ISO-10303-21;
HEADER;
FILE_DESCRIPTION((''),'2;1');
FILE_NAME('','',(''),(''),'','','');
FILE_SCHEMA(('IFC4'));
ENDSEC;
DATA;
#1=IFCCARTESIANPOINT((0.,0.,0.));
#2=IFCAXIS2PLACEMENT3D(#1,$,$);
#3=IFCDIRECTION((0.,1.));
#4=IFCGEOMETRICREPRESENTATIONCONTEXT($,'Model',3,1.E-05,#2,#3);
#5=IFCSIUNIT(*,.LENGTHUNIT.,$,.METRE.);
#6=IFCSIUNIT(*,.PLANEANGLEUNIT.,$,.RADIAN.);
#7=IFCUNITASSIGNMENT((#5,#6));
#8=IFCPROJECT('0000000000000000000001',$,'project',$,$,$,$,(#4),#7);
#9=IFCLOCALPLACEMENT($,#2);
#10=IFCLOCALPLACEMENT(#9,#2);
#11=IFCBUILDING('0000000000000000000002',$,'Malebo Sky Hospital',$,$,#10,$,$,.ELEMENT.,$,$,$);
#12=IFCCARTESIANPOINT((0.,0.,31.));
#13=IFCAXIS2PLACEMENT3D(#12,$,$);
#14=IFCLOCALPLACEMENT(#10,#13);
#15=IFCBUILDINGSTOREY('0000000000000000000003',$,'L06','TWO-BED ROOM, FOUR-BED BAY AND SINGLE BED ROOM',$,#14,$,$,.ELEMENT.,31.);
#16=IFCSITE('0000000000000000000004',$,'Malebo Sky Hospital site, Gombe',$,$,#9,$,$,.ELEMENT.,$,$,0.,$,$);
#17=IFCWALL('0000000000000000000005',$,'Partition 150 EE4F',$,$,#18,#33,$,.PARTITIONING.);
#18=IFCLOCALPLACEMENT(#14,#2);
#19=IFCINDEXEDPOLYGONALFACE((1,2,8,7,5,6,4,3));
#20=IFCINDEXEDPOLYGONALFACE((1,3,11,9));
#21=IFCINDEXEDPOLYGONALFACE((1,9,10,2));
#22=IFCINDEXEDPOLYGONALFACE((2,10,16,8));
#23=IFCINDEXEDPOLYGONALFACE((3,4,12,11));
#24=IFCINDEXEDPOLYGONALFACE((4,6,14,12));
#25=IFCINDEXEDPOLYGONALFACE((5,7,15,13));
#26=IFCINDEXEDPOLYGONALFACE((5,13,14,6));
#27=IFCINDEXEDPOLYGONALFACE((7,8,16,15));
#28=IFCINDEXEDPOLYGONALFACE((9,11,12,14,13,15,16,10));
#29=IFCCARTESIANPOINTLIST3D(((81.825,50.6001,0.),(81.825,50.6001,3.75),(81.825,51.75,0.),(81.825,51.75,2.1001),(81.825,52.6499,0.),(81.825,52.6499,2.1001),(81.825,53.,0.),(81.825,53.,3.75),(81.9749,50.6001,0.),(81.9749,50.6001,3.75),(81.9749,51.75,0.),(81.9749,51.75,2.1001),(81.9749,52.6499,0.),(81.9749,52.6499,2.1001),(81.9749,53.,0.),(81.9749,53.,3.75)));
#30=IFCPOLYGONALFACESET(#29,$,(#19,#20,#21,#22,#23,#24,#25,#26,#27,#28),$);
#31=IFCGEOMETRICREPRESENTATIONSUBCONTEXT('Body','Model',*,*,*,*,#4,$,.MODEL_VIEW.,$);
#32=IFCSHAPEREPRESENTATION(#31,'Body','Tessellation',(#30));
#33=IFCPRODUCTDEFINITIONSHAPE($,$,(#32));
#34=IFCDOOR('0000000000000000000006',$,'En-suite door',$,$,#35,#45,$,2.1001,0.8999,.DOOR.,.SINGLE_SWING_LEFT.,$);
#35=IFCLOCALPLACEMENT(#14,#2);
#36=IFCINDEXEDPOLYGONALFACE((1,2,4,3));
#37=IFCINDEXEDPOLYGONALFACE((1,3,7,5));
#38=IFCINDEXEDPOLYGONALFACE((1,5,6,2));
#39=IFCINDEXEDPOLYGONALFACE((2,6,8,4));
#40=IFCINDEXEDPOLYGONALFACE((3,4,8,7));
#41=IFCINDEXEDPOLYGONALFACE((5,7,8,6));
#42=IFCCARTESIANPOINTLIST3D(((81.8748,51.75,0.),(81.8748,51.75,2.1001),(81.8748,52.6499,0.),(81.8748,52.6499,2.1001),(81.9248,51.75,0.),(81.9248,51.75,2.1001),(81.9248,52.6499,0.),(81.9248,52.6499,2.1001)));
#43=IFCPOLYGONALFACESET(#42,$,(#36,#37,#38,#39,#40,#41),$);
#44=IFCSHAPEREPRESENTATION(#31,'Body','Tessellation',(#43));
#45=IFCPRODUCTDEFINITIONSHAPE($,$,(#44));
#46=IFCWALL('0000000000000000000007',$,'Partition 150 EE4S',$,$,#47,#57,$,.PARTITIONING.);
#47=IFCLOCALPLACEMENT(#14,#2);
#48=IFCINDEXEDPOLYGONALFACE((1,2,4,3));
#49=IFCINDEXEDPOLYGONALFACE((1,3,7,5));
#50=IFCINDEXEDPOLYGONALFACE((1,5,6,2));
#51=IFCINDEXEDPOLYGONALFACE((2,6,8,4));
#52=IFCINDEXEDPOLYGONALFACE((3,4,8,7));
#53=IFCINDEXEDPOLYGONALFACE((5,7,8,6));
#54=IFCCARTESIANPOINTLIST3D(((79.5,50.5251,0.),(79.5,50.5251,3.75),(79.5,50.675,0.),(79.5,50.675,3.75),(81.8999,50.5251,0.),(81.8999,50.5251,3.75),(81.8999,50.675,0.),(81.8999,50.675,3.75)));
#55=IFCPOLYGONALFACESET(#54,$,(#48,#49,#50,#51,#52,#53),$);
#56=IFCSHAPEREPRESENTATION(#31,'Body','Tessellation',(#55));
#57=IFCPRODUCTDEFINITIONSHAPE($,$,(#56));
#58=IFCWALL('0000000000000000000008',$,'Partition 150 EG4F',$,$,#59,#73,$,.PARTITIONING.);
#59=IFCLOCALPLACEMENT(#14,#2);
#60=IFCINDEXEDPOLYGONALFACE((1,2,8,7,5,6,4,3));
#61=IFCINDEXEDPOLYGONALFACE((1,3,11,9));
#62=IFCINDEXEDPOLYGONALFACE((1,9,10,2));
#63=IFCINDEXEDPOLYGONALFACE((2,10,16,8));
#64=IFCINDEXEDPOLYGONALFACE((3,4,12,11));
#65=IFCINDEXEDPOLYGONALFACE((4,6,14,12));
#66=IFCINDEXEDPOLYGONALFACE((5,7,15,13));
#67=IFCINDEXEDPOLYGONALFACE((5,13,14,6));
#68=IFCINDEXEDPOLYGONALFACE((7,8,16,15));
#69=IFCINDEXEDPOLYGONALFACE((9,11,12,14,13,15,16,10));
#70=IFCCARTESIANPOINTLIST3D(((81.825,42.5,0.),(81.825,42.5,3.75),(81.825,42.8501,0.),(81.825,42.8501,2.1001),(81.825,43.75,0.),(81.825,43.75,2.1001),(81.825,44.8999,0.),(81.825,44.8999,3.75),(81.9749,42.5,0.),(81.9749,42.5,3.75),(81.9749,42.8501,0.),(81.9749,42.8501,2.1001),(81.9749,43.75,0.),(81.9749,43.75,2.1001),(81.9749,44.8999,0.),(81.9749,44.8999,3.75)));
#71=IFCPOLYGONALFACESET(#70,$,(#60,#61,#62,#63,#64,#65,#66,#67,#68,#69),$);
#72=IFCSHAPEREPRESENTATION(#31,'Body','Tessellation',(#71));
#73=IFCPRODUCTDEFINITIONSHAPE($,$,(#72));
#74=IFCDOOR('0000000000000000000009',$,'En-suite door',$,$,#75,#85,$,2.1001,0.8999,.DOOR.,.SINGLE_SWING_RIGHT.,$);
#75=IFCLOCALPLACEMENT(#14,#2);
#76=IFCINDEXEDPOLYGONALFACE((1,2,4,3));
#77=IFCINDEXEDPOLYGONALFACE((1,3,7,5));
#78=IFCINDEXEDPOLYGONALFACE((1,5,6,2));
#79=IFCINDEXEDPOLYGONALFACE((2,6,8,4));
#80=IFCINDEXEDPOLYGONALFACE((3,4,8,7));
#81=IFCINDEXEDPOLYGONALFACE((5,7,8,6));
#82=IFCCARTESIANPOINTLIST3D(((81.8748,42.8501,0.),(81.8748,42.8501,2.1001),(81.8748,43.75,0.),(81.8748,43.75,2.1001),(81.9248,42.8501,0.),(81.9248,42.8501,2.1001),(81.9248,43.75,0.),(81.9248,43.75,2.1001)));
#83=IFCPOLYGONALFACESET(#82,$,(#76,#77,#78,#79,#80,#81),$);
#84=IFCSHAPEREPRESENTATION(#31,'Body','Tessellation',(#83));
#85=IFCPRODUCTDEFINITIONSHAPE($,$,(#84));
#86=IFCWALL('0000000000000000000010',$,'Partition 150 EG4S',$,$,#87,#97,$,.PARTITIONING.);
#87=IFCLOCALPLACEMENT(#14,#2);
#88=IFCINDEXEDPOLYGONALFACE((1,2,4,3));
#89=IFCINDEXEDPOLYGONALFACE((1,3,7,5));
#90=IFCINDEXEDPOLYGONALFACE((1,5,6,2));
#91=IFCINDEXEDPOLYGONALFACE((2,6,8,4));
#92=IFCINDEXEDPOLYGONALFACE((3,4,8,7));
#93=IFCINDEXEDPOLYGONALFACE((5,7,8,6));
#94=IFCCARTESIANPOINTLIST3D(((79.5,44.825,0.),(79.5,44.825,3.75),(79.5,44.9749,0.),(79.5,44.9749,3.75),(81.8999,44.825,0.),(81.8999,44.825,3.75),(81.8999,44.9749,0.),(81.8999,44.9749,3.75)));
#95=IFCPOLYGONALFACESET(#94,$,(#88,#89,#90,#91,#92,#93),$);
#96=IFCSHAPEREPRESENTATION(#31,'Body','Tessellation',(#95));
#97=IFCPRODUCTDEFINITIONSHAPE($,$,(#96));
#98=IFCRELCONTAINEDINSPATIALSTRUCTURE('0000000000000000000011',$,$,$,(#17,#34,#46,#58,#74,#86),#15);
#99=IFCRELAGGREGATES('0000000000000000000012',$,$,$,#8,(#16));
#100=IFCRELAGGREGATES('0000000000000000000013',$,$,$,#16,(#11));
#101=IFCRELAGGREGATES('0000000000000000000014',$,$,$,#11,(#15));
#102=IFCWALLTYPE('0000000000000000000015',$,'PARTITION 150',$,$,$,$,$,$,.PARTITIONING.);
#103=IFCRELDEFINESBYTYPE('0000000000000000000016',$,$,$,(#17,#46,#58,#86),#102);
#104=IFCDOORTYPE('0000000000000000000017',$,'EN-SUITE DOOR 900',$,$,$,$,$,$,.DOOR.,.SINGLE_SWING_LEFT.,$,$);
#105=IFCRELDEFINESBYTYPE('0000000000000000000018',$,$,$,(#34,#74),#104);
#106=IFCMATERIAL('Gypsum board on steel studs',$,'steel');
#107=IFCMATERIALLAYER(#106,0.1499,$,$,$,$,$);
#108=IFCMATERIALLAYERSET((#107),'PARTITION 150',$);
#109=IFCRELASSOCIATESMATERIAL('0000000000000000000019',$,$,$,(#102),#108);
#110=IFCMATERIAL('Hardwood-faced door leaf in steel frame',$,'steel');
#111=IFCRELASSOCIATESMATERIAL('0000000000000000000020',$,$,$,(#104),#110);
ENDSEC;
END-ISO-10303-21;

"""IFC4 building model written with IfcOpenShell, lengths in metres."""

from ifc_helpers import new_model, si_unit, direction, frame, frame_2d, origin, place, context, subcontext, project, spatial, rectangle, extrude, material, layer, layer_set, type_object, element, fill, save


model = new_model("IFC4")

# Units and contexts
model_context = context("Model", 3, precision=1e-05, world=origin(), true_north=direction((0.0, 1.0)))
body_context = subcontext(model_context, "Body", "Model", "MODEL_VIEW")
ifc_project = project(units=[si_unit("LENGTHUNIT", "METRE"), si_unit("PLANEANGLEUNIT", "RADIAN")], contexts=[model_context])

# Site, building, storey
site_placement = place(None, origin())
site = spatial("IfcSite", under=ifc_project, at=site_placement, Name="Malebo Sky Hospital site, Gombe", CompositionType="ELEMENT", RefElevation=0.0)
building_placement = place(site_placement, origin())
building = spatial("IfcBuilding", under=site, at=building_placement, Name="Malebo Sky Hospital", CompositionType="ELEMENT")
storey_placement = place(building_placement, frame((0.0, 0.0, 31.0)))
storey = spatial("IfcBuildingStorey", under=building, at=storey_placement, Name="L06", Description="TWO-BED ROOM, FOUR-BED BAY AND SINGLE BED ROOM", CompositionType="ELEMENT", Elevation=31.0)

# Shared definitions
ifc_material_1 = material(Name="Gypsum board on steel studs", Category="steel")
ifc_material_2 = material(Name="Hardwood-faced door leaf in steel frame", Category="steel")

# Shared definitions
ifc_layer_1 = layer(ifc_material_1, 0.1499)
ifc_layer_set_1 = layer_set([ifc_layer_1], Name="PARTITION 150")
wall_type_1 = type_object("IfcWallType", Name="PARTITION 150", PredefinedType="PARTITIONING", material=ifc_layer_set_1)

# Wall, opening, door
wall_1_placement = place(storey_placement, frame((81.8999, 53.0, 0.0), z_axis=(0.0, 0.0, 1.0), x_axis=(0.0, -1.0, 0.0)))
wall_1 = element("IfcWall", 1, at=wall_1_placement, inside=storey, type_object=wall_type_1, Name="Partition 150 EE4F", PredefinedType="PARTITIONING", context=body_context, shape_type="SweptSolid", body=[
    extrude(rectangle(XDim=2.3999, YDim=0.1499, at=frame_2d((1.2, 0.0))), origin(), (0.0, 0.0, 1.0), 3.75),
])
opening_1_placement = place(wall_1_placement, frame((0.3501, 0.0, 0.0)))
opening_1 = element("IfcOpeningElement", 2, at=opening_1_placement, cuts=wall_1, PredefinedType="OPENING", context=body_context, shape_type="SweptSolid", body=[
    extrude(rectangle(XDim=0.8999, YDim=2.1001, at=frame_2d((0.45, 1.05))), frame((0.0, 0.085, 0.0), z_axis=(0.0, -1.0, 0.0), x_axis=(1.0, 0.0, 0.0)), (0.0, 0.0, 1.0), 0.1699),
])
door_type_1 = type_object("IfcDoorType", Name="EN-SUITE DOOR 900", OperationType="SINGLE_SWING_LEFT", PredefinedType="DOOR", material=ifc_material_2)
door_1_placement = place(opening_1_placement, origin())
door_1 = element("IfcDoor", 3, at=door_1_placement, inside=storey, type_object=door_type_1, Name="En-suite door", OperationType="SINGLE_SWING_LEFT", OverallHeight=2.1001, OverallWidth=0.8999, PredefinedType="DOOR", context=body_context, shape_type="SweptSolid", body=[
    extrude(rectangle(XDim=0.8999, YDim=2.1001, at=frame_2d((0.45, 1.05))), frame((0.0, 0.0249, 0.0), z_axis=(0.0, -1.0, 0.0), x_axis=(1.0, 0.0, 0.0)), (0.0, 0.0, 1.0), 0.05),
])
fill(opening_1, door_1)

# Wall
wall_2_placement = place(storey_placement, frame((79.5, 50.6001, 0.0), z_axis=(0.0, 0.0, 1.0), x_axis=(1.0, 0.0, 0.0)))
element("IfcWall", 4, at=wall_2_placement, inside=storey, type_object=wall_type_1, Name="Partition 150 EE4S", PredefinedType="PARTITIONING", context=body_context, shape_type="SweptSolid", body=[
    extrude(rectangle(XDim=2.3999, YDim=0.1499, at=frame_2d((1.2, 0.0))), origin(), (0.0, 0.0, 1.0), 3.75),
])

# Wall, opening, door
wall_3_placement = place(storey_placement, frame((81.8999, 44.8999, 0.0), z_axis=(0.0, 0.0, 1.0), x_axis=(0.0, -1.0, 0.0)))
wall_3 = element("IfcWall", 5, at=wall_3_placement, inside=storey, type_object=wall_type_1, Name="Partition 150 EG4F", PredefinedType="PARTITIONING", context=body_context, shape_type="SweptSolid", body=[
    extrude(rectangle(XDim=2.3999, YDim=0.1499, at=frame_2d((1.2, 0.0))), origin(), (0.0, 0.0, 1.0), 3.75),
])
opening_2_placement = place(wall_3_placement, frame((1.1499, 0.0, 0.0)))
opening_2 = element("IfcOpeningElement", 6, at=opening_2_placement, cuts=wall_3, PredefinedType="OPENING", context=body_context, shape_type="SweptSolid", body=[
    extrude(rectangle(XDim=0.8999, YDim=2.1001, at=frame_2d((0.45, 1.05))), frame((0.0, 0.085, 0.0), z_axis=(0.0, -1.0, 0.0), x_axis=(1.0, 0.0, 0.0)), (0.0, 0.0, 1.0), 0.1699),
])
door_2_placement = place(opening_2_placement, origin())
door_2 = element("IfcDoor", 7, at=door_2_placement, inside=storey, type_object=door_type_1, Name="En-suite door", OperationType="SINGLE_SWING_RIGHT", OverallHeight=2.1001, OverallWidth=0.8999, PredefinedType="DOOR", context=body_context, shape_type="SweptSolid", body=[
    extrude(rectangle(XDim=0.8999, YDim=2.1001, at=frame_2d((0.45, 1.05))), frame((0.0, 0.0249, 0.0), z_axis=(0.0, -1.0, 0.0), x_axis=(1.0, 0.0, 0.0)), (0.0, 0.0, 1.0), 0.05),
])
fill(opening_2, door_2)

# Wall
wall_4_placement = place(storey_placement, frame((79.5, 44.8999, 0.0), z_axis=(0.0, 0.0, 1.0), x_axis=(1.0, 0.0, 0.0)))
element("IfcWall", 8, at=wall_4_placement, inside=storey, type_object=wall_type_1, Name="Partition 150 EG4S", PredefinedType="PARTITIONING", context=body_context, shape_type="SweptSolid", body=[
    extrude(rectangle(XDim=2.3999, YDim=0.1499, at=frame_2d((1.2, 0.0))), origin(), (0.0, 0.0, 1.0), 3.75),
])

save(model, "model.ifc")
